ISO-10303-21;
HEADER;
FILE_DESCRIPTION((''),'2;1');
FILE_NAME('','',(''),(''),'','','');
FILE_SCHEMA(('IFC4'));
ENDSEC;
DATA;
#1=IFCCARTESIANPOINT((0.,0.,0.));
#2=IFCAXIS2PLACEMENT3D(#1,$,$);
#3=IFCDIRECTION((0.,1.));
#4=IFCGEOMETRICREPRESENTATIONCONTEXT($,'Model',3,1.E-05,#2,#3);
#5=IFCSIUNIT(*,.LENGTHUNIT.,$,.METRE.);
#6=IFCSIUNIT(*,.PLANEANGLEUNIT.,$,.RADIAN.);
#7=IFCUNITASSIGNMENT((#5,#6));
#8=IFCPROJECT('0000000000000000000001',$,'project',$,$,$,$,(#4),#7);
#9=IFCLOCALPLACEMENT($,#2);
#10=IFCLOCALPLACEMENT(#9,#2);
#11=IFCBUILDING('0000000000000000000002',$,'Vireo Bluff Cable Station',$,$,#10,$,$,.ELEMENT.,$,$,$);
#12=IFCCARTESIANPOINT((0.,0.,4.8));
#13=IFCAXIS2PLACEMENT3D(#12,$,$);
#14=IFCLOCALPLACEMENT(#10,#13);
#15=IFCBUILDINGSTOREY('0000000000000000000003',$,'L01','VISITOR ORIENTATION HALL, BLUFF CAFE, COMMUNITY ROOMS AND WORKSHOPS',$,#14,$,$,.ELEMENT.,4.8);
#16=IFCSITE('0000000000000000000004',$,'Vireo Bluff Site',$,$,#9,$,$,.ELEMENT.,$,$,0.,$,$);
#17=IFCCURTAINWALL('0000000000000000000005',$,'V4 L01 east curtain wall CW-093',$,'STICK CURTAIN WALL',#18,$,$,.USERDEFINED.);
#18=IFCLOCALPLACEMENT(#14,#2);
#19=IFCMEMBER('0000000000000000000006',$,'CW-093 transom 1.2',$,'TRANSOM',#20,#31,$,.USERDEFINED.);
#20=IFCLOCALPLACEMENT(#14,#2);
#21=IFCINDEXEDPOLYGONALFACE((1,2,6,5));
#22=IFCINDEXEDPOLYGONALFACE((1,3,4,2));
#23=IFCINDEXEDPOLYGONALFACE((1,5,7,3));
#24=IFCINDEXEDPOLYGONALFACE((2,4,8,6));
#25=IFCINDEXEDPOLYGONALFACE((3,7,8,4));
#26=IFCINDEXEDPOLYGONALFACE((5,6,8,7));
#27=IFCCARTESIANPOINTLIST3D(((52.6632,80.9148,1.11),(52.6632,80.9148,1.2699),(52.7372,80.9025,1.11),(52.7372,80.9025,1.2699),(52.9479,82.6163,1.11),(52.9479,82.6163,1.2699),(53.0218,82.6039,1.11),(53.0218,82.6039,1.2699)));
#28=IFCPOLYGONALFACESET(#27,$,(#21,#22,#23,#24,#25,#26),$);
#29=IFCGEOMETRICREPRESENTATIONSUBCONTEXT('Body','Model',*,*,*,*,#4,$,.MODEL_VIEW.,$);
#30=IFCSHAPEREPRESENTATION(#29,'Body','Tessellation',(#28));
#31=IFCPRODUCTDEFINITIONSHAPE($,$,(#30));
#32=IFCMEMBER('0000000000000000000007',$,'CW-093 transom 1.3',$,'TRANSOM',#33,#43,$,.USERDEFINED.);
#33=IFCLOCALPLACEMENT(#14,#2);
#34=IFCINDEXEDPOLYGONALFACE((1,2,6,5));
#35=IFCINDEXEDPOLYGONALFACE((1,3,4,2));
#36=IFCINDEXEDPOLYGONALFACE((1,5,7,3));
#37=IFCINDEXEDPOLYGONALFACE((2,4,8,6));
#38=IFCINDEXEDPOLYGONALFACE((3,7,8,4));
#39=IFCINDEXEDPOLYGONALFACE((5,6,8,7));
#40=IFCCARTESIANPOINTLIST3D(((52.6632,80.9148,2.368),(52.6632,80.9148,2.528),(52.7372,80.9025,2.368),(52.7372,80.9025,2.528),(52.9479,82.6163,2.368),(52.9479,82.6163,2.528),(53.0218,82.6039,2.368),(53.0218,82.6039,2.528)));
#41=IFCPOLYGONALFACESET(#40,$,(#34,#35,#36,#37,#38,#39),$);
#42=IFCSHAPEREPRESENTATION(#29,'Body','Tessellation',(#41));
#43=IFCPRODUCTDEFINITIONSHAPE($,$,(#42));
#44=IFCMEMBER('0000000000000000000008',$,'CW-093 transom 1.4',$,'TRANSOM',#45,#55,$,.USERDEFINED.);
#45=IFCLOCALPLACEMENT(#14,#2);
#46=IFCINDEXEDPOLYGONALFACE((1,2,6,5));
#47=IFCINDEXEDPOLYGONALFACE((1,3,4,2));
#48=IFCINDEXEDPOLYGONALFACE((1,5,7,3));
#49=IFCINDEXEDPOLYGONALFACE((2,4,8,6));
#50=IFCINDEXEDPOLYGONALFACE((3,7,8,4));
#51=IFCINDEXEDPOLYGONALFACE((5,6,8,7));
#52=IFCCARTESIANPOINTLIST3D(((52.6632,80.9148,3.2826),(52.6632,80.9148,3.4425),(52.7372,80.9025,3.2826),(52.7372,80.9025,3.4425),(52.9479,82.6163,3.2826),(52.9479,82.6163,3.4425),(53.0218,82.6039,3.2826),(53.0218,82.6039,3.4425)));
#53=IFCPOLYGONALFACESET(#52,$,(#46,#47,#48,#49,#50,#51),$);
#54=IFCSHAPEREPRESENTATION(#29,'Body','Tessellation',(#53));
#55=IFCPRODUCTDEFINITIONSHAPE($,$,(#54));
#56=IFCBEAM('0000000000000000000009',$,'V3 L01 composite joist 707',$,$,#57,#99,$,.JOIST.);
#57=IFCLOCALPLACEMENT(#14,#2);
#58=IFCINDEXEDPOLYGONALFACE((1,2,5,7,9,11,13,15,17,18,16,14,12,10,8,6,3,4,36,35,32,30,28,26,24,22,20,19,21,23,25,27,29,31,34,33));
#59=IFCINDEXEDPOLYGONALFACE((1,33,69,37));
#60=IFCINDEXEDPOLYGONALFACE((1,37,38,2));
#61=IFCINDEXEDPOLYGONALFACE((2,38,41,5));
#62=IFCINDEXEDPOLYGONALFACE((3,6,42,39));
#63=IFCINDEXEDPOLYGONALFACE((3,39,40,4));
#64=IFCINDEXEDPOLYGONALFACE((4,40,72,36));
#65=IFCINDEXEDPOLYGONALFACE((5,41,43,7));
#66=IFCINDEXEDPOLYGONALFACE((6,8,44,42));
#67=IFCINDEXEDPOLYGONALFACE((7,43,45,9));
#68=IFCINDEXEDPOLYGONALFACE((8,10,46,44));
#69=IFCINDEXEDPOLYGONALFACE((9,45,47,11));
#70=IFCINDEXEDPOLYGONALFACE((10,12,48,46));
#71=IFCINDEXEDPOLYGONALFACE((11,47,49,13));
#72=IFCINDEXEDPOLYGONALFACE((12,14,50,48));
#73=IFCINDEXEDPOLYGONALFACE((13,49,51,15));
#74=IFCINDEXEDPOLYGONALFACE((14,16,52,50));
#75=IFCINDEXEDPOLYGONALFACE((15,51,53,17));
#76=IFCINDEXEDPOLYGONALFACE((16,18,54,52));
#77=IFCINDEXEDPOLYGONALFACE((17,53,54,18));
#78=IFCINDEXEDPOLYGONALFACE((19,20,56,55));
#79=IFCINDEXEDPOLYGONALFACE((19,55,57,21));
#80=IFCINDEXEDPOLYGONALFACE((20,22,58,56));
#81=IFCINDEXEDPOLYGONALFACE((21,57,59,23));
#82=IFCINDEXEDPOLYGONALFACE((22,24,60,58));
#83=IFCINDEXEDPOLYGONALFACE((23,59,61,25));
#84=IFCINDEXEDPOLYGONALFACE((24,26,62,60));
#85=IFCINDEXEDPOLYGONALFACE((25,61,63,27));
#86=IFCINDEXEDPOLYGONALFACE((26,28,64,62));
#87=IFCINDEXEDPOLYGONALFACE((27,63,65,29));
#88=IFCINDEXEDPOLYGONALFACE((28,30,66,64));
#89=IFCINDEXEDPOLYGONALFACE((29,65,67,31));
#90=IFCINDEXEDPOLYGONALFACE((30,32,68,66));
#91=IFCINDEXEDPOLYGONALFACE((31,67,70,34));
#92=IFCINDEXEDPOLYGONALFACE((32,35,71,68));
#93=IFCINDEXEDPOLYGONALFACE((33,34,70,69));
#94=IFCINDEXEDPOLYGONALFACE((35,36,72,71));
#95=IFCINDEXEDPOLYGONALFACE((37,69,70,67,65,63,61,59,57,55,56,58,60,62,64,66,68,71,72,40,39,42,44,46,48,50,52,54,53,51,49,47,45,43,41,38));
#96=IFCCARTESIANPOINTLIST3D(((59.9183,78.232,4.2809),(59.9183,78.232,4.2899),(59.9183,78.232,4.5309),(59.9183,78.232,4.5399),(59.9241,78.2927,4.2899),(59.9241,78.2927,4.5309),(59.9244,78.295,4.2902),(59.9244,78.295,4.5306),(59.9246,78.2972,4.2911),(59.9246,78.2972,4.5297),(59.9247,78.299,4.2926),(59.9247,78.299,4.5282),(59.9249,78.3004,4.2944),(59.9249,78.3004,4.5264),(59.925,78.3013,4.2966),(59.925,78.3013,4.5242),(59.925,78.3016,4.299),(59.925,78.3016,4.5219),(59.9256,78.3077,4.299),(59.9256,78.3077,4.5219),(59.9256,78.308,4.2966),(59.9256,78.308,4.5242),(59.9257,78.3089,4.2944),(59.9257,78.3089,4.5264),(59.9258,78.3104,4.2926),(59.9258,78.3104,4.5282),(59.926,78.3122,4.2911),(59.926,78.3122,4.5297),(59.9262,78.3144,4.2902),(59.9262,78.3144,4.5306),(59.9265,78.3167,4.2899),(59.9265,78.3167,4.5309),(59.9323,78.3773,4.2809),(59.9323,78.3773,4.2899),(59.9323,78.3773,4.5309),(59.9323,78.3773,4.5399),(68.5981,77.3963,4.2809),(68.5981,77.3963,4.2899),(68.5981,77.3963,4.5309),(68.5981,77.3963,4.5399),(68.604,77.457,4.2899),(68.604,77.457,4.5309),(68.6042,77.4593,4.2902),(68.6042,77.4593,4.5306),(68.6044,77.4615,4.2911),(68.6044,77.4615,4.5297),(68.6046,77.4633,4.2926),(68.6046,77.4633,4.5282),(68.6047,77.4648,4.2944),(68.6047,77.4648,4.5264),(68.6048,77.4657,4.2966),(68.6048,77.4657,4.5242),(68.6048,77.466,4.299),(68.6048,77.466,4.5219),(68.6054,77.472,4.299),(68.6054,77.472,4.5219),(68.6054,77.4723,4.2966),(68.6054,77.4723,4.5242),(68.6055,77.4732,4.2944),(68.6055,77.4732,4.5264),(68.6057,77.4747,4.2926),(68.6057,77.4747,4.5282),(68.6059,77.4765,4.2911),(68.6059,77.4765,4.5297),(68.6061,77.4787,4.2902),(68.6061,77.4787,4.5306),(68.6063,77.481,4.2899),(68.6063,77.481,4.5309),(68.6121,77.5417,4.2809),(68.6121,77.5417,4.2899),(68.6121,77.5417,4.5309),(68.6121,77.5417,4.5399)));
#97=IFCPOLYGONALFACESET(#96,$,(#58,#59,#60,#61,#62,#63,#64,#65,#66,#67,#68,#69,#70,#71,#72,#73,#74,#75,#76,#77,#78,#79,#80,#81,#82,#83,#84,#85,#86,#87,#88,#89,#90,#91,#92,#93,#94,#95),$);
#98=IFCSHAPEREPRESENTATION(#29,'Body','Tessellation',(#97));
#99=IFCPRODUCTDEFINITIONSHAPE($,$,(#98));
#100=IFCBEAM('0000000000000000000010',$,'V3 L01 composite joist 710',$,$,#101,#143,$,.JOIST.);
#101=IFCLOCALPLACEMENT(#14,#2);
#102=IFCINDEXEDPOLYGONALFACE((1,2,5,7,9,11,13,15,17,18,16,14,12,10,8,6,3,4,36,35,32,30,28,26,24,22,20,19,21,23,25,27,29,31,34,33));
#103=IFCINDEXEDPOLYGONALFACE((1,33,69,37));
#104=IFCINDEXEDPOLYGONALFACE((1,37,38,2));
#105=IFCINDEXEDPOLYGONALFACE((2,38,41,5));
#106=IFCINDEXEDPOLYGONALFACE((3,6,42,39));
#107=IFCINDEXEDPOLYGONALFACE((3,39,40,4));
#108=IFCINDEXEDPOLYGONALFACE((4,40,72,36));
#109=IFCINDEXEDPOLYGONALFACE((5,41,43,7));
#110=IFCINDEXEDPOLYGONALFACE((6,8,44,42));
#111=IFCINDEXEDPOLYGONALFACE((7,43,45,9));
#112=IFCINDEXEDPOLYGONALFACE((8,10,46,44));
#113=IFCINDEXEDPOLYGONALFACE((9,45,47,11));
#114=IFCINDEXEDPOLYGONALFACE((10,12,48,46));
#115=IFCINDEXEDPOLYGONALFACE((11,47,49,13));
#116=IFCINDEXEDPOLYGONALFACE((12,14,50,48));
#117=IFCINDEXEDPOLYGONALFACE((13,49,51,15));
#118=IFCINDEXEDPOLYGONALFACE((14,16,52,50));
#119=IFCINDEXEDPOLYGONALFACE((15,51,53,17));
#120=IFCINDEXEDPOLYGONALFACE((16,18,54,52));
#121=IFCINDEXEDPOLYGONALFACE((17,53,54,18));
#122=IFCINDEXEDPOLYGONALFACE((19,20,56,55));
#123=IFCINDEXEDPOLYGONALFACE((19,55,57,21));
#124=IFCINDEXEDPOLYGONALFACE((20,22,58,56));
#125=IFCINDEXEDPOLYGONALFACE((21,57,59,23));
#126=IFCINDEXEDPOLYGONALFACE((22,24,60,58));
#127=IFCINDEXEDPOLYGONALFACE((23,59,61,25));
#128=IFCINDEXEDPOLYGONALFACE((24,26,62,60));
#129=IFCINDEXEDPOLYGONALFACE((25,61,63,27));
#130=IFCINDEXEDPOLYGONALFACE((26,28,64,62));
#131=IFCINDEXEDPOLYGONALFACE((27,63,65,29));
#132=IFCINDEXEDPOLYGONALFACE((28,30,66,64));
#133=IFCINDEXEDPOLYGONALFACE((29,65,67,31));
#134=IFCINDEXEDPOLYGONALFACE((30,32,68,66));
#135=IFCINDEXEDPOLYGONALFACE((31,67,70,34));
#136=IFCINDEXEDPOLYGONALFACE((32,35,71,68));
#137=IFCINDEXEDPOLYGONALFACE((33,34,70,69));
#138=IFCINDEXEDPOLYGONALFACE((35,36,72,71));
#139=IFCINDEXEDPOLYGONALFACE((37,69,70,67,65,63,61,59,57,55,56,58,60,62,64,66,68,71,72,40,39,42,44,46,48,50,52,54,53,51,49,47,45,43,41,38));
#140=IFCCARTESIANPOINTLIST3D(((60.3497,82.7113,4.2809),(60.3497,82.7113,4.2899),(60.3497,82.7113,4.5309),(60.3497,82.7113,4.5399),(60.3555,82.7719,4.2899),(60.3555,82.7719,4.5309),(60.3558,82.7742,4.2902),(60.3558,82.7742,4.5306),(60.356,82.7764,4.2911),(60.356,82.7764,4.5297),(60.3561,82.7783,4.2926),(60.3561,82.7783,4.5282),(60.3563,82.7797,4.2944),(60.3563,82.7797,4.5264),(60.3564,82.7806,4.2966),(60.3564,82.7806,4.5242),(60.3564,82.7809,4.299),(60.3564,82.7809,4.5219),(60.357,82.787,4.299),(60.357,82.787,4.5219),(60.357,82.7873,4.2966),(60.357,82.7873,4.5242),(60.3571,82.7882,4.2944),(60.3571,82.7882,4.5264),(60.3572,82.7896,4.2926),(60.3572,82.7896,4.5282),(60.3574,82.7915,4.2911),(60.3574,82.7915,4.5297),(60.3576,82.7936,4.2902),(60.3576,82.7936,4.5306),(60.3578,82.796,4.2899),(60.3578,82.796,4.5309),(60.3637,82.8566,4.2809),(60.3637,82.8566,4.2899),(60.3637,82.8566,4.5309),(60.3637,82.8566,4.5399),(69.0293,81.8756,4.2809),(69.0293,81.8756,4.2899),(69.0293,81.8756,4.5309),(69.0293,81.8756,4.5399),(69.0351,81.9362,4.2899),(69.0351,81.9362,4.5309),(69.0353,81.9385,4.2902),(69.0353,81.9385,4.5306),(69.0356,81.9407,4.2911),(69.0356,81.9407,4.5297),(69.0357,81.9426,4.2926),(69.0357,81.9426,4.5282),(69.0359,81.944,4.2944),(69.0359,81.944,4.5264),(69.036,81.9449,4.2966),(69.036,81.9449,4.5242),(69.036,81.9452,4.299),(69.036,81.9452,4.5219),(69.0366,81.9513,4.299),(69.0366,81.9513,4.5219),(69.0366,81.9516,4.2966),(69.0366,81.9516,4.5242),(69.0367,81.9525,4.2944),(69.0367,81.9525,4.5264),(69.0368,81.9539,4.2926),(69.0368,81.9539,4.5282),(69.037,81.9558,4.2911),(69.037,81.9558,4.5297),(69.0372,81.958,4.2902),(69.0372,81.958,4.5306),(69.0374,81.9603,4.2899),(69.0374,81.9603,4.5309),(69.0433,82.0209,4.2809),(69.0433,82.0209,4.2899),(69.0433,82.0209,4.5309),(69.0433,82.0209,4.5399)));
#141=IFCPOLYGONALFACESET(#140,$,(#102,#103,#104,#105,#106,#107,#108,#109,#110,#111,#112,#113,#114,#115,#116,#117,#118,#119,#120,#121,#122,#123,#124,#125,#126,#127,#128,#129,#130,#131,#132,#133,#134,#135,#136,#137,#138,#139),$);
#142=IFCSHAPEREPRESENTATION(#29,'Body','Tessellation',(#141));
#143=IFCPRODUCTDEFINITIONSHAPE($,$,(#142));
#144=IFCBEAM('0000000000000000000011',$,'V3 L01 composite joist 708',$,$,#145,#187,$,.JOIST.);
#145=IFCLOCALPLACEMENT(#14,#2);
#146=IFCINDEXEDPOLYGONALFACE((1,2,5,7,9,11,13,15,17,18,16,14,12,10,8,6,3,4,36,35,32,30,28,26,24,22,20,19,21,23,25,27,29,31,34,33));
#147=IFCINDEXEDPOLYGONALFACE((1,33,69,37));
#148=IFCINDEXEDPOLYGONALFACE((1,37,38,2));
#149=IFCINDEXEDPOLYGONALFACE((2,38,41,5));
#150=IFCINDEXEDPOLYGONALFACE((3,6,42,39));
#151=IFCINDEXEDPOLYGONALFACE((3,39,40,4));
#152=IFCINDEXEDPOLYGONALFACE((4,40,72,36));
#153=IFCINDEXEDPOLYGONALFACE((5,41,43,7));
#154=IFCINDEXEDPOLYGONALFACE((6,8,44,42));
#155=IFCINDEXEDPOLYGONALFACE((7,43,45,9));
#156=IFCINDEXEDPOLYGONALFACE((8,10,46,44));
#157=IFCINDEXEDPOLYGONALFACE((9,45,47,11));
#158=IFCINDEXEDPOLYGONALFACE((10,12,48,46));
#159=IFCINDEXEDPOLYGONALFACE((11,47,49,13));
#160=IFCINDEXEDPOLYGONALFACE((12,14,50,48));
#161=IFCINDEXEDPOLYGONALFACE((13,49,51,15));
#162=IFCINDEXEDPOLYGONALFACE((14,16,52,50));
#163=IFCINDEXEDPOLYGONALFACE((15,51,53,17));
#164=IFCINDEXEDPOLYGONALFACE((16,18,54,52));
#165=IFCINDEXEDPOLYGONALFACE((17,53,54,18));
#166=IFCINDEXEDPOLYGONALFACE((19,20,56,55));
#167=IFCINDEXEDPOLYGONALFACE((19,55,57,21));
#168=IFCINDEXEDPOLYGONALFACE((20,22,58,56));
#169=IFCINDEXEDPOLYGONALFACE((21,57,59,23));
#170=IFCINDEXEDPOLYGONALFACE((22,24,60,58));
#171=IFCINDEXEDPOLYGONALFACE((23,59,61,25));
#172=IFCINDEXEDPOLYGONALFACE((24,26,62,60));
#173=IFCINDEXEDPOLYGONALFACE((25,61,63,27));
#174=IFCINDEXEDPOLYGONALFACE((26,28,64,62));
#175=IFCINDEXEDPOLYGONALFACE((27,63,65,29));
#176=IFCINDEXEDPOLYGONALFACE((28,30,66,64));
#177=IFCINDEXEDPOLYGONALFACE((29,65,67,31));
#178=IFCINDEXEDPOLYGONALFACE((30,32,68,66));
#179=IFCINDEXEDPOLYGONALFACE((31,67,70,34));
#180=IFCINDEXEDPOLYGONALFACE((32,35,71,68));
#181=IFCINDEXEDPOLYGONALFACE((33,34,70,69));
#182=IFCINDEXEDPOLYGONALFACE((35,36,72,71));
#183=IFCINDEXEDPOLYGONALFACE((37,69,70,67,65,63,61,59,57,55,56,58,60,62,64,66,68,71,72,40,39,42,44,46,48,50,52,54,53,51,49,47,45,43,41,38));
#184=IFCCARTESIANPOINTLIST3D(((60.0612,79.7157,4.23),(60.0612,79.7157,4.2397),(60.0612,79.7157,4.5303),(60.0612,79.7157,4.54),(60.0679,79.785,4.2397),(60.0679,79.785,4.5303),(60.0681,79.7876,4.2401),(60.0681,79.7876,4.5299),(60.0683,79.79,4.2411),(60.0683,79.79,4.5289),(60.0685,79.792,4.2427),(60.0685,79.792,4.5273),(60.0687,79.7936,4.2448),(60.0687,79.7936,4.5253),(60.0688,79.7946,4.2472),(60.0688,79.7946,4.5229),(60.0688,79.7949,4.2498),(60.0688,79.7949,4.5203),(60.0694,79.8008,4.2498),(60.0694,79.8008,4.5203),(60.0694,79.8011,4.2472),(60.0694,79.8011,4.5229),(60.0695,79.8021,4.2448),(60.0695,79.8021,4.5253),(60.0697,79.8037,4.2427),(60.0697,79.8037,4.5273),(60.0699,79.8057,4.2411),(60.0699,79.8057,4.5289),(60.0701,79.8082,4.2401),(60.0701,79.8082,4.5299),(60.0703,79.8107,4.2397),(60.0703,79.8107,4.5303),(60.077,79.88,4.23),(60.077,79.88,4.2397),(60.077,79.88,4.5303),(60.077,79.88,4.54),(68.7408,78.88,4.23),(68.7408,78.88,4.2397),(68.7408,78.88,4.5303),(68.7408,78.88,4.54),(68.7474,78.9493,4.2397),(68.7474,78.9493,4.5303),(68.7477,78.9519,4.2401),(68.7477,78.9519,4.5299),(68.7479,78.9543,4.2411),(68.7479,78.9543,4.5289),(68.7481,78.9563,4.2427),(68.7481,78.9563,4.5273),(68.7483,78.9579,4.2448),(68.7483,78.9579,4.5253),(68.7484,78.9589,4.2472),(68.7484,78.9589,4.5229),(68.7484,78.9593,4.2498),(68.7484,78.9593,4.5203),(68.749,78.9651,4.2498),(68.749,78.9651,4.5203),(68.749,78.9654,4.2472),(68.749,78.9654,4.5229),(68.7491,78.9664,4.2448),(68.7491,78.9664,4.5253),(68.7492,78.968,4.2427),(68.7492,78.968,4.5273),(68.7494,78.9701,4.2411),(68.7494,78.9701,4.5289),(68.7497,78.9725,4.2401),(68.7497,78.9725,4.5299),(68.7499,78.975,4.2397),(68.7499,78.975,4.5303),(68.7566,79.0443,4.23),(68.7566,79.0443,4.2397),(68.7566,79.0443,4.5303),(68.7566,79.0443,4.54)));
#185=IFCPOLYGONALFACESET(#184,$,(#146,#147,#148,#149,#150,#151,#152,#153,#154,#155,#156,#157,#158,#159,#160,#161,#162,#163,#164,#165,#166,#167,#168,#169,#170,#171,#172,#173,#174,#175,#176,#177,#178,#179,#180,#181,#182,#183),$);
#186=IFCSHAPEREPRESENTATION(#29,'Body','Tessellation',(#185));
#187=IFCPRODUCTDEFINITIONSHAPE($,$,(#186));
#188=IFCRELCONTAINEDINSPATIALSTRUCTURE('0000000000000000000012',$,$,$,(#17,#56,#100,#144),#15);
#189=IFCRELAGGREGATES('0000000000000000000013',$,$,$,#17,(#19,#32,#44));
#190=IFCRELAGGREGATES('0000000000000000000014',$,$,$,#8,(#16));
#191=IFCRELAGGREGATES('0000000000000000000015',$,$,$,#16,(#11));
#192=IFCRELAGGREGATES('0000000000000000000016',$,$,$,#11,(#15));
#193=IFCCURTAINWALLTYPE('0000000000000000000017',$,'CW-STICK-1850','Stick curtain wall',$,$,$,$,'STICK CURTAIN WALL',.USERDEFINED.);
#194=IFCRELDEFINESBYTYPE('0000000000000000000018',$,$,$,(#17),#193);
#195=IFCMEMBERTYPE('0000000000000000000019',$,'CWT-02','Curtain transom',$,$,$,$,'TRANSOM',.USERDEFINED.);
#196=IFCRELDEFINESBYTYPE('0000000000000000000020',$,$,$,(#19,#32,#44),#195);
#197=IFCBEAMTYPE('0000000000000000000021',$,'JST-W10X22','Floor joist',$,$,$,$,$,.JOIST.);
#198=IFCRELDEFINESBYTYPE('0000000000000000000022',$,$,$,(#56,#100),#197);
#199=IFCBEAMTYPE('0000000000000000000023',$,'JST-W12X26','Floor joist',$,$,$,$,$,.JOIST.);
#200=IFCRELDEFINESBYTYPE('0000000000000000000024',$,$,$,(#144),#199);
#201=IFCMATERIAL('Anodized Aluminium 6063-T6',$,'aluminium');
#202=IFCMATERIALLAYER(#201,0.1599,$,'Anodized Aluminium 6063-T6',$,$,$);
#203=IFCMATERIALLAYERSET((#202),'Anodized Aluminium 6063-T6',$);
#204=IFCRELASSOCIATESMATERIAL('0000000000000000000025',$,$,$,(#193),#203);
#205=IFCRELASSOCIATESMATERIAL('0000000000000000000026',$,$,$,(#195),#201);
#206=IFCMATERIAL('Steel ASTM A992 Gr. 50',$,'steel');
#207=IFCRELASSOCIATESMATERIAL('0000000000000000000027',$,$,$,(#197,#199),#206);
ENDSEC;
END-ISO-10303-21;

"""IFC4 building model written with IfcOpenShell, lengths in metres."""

from ifc_helpers import new_model, si_unit, direction, frame, origin, origin_2d, place, context, subcontext, project, spatial, rectangle, i_section, extrude, material, layer, layer_set, material_profile, profile_set, type_object, element, aggregate, save


model = new_model("IFC4")

# Units and contexts
model_context = context("Model", 3, precision=1e-05, world=origin(), true_north=direction((0.0, 1.0)))
body_context = subcontext(model_context, "Body", "Model", "MODEL_VIEW")
ifc_project = project(units=[si_unit("LENGTHUNIT", "METRE"), si_unit("PLANEANGLEUNIT", "RADIAN")], contexts=[model_context])

# Site, building, storey
site_placement = place(None, origin())
site = spatial("IfcSite", under=ifc_project, at=site_placement, Name="Vireo Bluff Site", CompositionType="ELEMENT", RefElevation=0.0)
building_placement = place(site_placement, origin())
building = spatial("IfcBuilding", under=site, at=building_placement, Name="Vireo Bluff Cable Station", CompositionType="ELEMENT")
storey_placement = place(building_placement, frame((0.0, 0.0, 4.8)))
storey = spatial("IfcBuildingStorey", under=building, at=storey_placement, Name="L01", Description="VISITOR ORIENTATION HALL, BLUFF CAFE, COMMUNITY ROOMS AND WORKSHOPS", CompositionType="ELEMENT", Elevation=4.8)

# Shared definitions
ifc_material_1 = material(Name="Steel ASTM A992 Gr. 50", Category="steel")

# Shared definitions
ifc_material_2 = material(Name="Anodized Aluminium 6063-T6", Category="aluminium")

# Curtain wall, members
ifc_layer_1 = layer(ifc_material_2, 0.1599, Name="Anodized Aluminium 6063-T6")
ifc_layer_set_1 = layer_set([ifc_layer_1], Name="Anodized Aluminium 6063-T6")
curtain_wall_type_1 = type_object("IfcCurtainWallType", Name="CW-STICK-1850", Description="Stick curtain wall", ElementType="STICK CURTAIN WALL", PredefinedType="USERDEFINED", material=ifc_layer_set_1)
curtain_wall_1_placement = place(storey_placement, origin())
curtain_wall_1 = element("IfcCurtainWall", 1, at=curtain_wall_1_placement, inside=storey, type_object=curtain_wall_type_1, Name="V4 L01 east curtain wall CW-093", ObjectType="STICK CURTAIN WALL", PredefinedType="USERDEFINED")
ifc_material_profile_1 = material_profile(ifc_material_2, rectangle(XDim=0.075, YDim=0.1599, at=origin_2d()), Name="ALU-T-75X160")
ifc_profile_set_1 = profile_set([ifc_material_profile_1], Name="Anodized Aluminium 6063-T6")
member_type_1 = type_object("IfcMemberType", Name="CWT-02", Description="Curtain transom", ElementType="TRANSOM", PredefinedType="USERDEFINED", material=ifc_profile_set_1)
member_1_placement = place(storey_placement, frame((52.9849, 82.6101, 1.1899), z_axis=(-0.165019, -0.98629, 0.0), x_axis=(0.98629, -0.165019, 0.0)))
member_1 = element("IfcMember", 2, at=member_1_placement, type_object=member_type_1, Name="CW-093 transom 1.2", ObjectType="TRANSOM", PredefinedType="USERDEFINED", context=body_context, shape_type="SweptSolid", body=[
    extrude(rectangle(XDim=0.075, YDim=0.1599, at=origin_2d()), origin(), (0.0, 0.0, 1.0), 1.7251),
])
member_2_placement = place(storey_placement, frame((52.9849, 82.6101, 2.448), z_axis=(-0.165019, -0.98629, 0.0), x_axis=(0.98629, -0.165019, 0.0)))
member_2 = element("IfcMember", 3, at=member_2_placement, type_object=member_type_1, Name="CW-093 transom 1.3", ObjectType="TRANSOM", PredefinedType="USERDEFINED", context=body_context, shape_type="SweptSolid", body=[
    extrude(rectangle(XDim=0.075, YDim=0.1599, at=origin_2d()), origin(), (0.0, 0.0, 1.0), 1.7251),
])
member_3_placement = place(storey_placement, frame((52.9849, 82.6101, 3.3625), z_axis=(-0.165019, -0.98629, 0.0), x_axis=(0.98629, -0.165019, 0.0)))
member_3 = element("IfcMember", 4, at=member_3_placement, type_object=member_type_1, Name="CW-093 transom 1.4", ObjectType="TRANSOM", PredefinedType="USERDEFINED", context=body_context, shape_type="SweptSolid", body=[
    extrude(rectangle(XDim=0.075, YDim=0.1599, at=origin_2d()), origin(), (0.0, 0.0, 1.0), 1.7251),
])

# Beams
ifc_material_profile_2 = material_profile(ifc_material_1, i_section(OverallWidth=0.146, OverallDepth=0.259, WebThickness=0.0061, FlangeThickness=0.009, FilletRadius=0.009, at=origin_2d()), Name="W10X22")
ifc_profile_set_2 = profile_set([ifc_material_profile_2], Name="Steel ASTM A992 Gr. 50")
beam_type_1 = type_object("IfcBeamType", Name="JST-W10X22", Description="Floor joist", PredefinedType="JOIST", material=ifc_profile_set_2)
beam_1_placement = place(storey_placement, frame((59.9253, 78.3047, 4.4104), z_axis=(0.995397, -0.095836, 0.0), x_axis=(0.095836, 0.995397, 0.0)))
element("IfcBeam", 5, at=beam_1_placement, inside=storey, type_object=beam_type_1, Name="V3 L01 composite joist 707", PredefinedType="JOIST", context=body_context, shape_type="SweptSolid", body=[
    extrude(i_section(OverallWidth=0.146, OverallDepth=0.259, WebThickness=0.0061, FlangeThickness=0.009, FilletRadius=0.009, at=origin_2d()), origin(), (0.0, 0.0, 1.0), 8.72),
])
beam_2_placement = place(storey_placement, frame((60.3567, 82.7839, 4.4104), z_axis=(0.995397, -0.095838, 0.0), x_axis=(0.095838, 0.995397, 0.0)))
element("IfcBeam", 6, at=beam_2_placement, inside=storey, type_object=beam_type_1, Name="V3 L01 composite joist 710", PredefinedType="JOIST", context=body_context, shape_type="SweptSolid", body=[
    extrude(i_section(OverallWidth=0.146, OverallDepth=0.259, WebThickness=0.0061, FlangeThickness=0.009, FilletRadius=0.009, at=origin_2d()), origin(), (0.0, 0.0, 1.0), 8.7197),
])
ifc_material_profile_3 = material_profile(ifc_material_1, i_section(OverallWidth=0.165, OverallDepth=0.3101, WebThickness=0.0059, FlangeThickness=0.0098, FilletRadius=0.01, at=origin_2d()), Name="W12X26")
ifc_profile_set_3 = profile_set([ifc_material_profile_3], Name="Steel ASTM A992 Gr. 50")
beam_type_2 = type_object("IfcBeamType", Name="JST-W12X26", Description="Floor joist", PredefinedType="JOIST", material=ifc_profile_set_3)
beam_3_placement = place(storey_placement, frame((60.0691, 79.7979, 4.385), z_axis=(0.995397, -0.095838, 0.0), x_axis=(0.095838, 0.995397, 0.0)))
element("IfcBeam", 7, at=beam_3_placement, inside=storey, type_object=beam_type_2, Name="V3 L01 composite joist 708", PredefinedType="JOIST", context=body_context, shape_type="SweptSolid", body=[
    extrude(i_section(OverallWidth=0.165, OverallDepth=0.3101, WebThickness=0.0059, FlangeThickness=0.0098, FilletRadius=0.01, at=origin_2d()), origin(), (0.0, 0.0, 1.0), 8.7197),
])

aggregate(curtain_wall_1, [member_1, member_2, member_3])

save(model, "model.ifc")
